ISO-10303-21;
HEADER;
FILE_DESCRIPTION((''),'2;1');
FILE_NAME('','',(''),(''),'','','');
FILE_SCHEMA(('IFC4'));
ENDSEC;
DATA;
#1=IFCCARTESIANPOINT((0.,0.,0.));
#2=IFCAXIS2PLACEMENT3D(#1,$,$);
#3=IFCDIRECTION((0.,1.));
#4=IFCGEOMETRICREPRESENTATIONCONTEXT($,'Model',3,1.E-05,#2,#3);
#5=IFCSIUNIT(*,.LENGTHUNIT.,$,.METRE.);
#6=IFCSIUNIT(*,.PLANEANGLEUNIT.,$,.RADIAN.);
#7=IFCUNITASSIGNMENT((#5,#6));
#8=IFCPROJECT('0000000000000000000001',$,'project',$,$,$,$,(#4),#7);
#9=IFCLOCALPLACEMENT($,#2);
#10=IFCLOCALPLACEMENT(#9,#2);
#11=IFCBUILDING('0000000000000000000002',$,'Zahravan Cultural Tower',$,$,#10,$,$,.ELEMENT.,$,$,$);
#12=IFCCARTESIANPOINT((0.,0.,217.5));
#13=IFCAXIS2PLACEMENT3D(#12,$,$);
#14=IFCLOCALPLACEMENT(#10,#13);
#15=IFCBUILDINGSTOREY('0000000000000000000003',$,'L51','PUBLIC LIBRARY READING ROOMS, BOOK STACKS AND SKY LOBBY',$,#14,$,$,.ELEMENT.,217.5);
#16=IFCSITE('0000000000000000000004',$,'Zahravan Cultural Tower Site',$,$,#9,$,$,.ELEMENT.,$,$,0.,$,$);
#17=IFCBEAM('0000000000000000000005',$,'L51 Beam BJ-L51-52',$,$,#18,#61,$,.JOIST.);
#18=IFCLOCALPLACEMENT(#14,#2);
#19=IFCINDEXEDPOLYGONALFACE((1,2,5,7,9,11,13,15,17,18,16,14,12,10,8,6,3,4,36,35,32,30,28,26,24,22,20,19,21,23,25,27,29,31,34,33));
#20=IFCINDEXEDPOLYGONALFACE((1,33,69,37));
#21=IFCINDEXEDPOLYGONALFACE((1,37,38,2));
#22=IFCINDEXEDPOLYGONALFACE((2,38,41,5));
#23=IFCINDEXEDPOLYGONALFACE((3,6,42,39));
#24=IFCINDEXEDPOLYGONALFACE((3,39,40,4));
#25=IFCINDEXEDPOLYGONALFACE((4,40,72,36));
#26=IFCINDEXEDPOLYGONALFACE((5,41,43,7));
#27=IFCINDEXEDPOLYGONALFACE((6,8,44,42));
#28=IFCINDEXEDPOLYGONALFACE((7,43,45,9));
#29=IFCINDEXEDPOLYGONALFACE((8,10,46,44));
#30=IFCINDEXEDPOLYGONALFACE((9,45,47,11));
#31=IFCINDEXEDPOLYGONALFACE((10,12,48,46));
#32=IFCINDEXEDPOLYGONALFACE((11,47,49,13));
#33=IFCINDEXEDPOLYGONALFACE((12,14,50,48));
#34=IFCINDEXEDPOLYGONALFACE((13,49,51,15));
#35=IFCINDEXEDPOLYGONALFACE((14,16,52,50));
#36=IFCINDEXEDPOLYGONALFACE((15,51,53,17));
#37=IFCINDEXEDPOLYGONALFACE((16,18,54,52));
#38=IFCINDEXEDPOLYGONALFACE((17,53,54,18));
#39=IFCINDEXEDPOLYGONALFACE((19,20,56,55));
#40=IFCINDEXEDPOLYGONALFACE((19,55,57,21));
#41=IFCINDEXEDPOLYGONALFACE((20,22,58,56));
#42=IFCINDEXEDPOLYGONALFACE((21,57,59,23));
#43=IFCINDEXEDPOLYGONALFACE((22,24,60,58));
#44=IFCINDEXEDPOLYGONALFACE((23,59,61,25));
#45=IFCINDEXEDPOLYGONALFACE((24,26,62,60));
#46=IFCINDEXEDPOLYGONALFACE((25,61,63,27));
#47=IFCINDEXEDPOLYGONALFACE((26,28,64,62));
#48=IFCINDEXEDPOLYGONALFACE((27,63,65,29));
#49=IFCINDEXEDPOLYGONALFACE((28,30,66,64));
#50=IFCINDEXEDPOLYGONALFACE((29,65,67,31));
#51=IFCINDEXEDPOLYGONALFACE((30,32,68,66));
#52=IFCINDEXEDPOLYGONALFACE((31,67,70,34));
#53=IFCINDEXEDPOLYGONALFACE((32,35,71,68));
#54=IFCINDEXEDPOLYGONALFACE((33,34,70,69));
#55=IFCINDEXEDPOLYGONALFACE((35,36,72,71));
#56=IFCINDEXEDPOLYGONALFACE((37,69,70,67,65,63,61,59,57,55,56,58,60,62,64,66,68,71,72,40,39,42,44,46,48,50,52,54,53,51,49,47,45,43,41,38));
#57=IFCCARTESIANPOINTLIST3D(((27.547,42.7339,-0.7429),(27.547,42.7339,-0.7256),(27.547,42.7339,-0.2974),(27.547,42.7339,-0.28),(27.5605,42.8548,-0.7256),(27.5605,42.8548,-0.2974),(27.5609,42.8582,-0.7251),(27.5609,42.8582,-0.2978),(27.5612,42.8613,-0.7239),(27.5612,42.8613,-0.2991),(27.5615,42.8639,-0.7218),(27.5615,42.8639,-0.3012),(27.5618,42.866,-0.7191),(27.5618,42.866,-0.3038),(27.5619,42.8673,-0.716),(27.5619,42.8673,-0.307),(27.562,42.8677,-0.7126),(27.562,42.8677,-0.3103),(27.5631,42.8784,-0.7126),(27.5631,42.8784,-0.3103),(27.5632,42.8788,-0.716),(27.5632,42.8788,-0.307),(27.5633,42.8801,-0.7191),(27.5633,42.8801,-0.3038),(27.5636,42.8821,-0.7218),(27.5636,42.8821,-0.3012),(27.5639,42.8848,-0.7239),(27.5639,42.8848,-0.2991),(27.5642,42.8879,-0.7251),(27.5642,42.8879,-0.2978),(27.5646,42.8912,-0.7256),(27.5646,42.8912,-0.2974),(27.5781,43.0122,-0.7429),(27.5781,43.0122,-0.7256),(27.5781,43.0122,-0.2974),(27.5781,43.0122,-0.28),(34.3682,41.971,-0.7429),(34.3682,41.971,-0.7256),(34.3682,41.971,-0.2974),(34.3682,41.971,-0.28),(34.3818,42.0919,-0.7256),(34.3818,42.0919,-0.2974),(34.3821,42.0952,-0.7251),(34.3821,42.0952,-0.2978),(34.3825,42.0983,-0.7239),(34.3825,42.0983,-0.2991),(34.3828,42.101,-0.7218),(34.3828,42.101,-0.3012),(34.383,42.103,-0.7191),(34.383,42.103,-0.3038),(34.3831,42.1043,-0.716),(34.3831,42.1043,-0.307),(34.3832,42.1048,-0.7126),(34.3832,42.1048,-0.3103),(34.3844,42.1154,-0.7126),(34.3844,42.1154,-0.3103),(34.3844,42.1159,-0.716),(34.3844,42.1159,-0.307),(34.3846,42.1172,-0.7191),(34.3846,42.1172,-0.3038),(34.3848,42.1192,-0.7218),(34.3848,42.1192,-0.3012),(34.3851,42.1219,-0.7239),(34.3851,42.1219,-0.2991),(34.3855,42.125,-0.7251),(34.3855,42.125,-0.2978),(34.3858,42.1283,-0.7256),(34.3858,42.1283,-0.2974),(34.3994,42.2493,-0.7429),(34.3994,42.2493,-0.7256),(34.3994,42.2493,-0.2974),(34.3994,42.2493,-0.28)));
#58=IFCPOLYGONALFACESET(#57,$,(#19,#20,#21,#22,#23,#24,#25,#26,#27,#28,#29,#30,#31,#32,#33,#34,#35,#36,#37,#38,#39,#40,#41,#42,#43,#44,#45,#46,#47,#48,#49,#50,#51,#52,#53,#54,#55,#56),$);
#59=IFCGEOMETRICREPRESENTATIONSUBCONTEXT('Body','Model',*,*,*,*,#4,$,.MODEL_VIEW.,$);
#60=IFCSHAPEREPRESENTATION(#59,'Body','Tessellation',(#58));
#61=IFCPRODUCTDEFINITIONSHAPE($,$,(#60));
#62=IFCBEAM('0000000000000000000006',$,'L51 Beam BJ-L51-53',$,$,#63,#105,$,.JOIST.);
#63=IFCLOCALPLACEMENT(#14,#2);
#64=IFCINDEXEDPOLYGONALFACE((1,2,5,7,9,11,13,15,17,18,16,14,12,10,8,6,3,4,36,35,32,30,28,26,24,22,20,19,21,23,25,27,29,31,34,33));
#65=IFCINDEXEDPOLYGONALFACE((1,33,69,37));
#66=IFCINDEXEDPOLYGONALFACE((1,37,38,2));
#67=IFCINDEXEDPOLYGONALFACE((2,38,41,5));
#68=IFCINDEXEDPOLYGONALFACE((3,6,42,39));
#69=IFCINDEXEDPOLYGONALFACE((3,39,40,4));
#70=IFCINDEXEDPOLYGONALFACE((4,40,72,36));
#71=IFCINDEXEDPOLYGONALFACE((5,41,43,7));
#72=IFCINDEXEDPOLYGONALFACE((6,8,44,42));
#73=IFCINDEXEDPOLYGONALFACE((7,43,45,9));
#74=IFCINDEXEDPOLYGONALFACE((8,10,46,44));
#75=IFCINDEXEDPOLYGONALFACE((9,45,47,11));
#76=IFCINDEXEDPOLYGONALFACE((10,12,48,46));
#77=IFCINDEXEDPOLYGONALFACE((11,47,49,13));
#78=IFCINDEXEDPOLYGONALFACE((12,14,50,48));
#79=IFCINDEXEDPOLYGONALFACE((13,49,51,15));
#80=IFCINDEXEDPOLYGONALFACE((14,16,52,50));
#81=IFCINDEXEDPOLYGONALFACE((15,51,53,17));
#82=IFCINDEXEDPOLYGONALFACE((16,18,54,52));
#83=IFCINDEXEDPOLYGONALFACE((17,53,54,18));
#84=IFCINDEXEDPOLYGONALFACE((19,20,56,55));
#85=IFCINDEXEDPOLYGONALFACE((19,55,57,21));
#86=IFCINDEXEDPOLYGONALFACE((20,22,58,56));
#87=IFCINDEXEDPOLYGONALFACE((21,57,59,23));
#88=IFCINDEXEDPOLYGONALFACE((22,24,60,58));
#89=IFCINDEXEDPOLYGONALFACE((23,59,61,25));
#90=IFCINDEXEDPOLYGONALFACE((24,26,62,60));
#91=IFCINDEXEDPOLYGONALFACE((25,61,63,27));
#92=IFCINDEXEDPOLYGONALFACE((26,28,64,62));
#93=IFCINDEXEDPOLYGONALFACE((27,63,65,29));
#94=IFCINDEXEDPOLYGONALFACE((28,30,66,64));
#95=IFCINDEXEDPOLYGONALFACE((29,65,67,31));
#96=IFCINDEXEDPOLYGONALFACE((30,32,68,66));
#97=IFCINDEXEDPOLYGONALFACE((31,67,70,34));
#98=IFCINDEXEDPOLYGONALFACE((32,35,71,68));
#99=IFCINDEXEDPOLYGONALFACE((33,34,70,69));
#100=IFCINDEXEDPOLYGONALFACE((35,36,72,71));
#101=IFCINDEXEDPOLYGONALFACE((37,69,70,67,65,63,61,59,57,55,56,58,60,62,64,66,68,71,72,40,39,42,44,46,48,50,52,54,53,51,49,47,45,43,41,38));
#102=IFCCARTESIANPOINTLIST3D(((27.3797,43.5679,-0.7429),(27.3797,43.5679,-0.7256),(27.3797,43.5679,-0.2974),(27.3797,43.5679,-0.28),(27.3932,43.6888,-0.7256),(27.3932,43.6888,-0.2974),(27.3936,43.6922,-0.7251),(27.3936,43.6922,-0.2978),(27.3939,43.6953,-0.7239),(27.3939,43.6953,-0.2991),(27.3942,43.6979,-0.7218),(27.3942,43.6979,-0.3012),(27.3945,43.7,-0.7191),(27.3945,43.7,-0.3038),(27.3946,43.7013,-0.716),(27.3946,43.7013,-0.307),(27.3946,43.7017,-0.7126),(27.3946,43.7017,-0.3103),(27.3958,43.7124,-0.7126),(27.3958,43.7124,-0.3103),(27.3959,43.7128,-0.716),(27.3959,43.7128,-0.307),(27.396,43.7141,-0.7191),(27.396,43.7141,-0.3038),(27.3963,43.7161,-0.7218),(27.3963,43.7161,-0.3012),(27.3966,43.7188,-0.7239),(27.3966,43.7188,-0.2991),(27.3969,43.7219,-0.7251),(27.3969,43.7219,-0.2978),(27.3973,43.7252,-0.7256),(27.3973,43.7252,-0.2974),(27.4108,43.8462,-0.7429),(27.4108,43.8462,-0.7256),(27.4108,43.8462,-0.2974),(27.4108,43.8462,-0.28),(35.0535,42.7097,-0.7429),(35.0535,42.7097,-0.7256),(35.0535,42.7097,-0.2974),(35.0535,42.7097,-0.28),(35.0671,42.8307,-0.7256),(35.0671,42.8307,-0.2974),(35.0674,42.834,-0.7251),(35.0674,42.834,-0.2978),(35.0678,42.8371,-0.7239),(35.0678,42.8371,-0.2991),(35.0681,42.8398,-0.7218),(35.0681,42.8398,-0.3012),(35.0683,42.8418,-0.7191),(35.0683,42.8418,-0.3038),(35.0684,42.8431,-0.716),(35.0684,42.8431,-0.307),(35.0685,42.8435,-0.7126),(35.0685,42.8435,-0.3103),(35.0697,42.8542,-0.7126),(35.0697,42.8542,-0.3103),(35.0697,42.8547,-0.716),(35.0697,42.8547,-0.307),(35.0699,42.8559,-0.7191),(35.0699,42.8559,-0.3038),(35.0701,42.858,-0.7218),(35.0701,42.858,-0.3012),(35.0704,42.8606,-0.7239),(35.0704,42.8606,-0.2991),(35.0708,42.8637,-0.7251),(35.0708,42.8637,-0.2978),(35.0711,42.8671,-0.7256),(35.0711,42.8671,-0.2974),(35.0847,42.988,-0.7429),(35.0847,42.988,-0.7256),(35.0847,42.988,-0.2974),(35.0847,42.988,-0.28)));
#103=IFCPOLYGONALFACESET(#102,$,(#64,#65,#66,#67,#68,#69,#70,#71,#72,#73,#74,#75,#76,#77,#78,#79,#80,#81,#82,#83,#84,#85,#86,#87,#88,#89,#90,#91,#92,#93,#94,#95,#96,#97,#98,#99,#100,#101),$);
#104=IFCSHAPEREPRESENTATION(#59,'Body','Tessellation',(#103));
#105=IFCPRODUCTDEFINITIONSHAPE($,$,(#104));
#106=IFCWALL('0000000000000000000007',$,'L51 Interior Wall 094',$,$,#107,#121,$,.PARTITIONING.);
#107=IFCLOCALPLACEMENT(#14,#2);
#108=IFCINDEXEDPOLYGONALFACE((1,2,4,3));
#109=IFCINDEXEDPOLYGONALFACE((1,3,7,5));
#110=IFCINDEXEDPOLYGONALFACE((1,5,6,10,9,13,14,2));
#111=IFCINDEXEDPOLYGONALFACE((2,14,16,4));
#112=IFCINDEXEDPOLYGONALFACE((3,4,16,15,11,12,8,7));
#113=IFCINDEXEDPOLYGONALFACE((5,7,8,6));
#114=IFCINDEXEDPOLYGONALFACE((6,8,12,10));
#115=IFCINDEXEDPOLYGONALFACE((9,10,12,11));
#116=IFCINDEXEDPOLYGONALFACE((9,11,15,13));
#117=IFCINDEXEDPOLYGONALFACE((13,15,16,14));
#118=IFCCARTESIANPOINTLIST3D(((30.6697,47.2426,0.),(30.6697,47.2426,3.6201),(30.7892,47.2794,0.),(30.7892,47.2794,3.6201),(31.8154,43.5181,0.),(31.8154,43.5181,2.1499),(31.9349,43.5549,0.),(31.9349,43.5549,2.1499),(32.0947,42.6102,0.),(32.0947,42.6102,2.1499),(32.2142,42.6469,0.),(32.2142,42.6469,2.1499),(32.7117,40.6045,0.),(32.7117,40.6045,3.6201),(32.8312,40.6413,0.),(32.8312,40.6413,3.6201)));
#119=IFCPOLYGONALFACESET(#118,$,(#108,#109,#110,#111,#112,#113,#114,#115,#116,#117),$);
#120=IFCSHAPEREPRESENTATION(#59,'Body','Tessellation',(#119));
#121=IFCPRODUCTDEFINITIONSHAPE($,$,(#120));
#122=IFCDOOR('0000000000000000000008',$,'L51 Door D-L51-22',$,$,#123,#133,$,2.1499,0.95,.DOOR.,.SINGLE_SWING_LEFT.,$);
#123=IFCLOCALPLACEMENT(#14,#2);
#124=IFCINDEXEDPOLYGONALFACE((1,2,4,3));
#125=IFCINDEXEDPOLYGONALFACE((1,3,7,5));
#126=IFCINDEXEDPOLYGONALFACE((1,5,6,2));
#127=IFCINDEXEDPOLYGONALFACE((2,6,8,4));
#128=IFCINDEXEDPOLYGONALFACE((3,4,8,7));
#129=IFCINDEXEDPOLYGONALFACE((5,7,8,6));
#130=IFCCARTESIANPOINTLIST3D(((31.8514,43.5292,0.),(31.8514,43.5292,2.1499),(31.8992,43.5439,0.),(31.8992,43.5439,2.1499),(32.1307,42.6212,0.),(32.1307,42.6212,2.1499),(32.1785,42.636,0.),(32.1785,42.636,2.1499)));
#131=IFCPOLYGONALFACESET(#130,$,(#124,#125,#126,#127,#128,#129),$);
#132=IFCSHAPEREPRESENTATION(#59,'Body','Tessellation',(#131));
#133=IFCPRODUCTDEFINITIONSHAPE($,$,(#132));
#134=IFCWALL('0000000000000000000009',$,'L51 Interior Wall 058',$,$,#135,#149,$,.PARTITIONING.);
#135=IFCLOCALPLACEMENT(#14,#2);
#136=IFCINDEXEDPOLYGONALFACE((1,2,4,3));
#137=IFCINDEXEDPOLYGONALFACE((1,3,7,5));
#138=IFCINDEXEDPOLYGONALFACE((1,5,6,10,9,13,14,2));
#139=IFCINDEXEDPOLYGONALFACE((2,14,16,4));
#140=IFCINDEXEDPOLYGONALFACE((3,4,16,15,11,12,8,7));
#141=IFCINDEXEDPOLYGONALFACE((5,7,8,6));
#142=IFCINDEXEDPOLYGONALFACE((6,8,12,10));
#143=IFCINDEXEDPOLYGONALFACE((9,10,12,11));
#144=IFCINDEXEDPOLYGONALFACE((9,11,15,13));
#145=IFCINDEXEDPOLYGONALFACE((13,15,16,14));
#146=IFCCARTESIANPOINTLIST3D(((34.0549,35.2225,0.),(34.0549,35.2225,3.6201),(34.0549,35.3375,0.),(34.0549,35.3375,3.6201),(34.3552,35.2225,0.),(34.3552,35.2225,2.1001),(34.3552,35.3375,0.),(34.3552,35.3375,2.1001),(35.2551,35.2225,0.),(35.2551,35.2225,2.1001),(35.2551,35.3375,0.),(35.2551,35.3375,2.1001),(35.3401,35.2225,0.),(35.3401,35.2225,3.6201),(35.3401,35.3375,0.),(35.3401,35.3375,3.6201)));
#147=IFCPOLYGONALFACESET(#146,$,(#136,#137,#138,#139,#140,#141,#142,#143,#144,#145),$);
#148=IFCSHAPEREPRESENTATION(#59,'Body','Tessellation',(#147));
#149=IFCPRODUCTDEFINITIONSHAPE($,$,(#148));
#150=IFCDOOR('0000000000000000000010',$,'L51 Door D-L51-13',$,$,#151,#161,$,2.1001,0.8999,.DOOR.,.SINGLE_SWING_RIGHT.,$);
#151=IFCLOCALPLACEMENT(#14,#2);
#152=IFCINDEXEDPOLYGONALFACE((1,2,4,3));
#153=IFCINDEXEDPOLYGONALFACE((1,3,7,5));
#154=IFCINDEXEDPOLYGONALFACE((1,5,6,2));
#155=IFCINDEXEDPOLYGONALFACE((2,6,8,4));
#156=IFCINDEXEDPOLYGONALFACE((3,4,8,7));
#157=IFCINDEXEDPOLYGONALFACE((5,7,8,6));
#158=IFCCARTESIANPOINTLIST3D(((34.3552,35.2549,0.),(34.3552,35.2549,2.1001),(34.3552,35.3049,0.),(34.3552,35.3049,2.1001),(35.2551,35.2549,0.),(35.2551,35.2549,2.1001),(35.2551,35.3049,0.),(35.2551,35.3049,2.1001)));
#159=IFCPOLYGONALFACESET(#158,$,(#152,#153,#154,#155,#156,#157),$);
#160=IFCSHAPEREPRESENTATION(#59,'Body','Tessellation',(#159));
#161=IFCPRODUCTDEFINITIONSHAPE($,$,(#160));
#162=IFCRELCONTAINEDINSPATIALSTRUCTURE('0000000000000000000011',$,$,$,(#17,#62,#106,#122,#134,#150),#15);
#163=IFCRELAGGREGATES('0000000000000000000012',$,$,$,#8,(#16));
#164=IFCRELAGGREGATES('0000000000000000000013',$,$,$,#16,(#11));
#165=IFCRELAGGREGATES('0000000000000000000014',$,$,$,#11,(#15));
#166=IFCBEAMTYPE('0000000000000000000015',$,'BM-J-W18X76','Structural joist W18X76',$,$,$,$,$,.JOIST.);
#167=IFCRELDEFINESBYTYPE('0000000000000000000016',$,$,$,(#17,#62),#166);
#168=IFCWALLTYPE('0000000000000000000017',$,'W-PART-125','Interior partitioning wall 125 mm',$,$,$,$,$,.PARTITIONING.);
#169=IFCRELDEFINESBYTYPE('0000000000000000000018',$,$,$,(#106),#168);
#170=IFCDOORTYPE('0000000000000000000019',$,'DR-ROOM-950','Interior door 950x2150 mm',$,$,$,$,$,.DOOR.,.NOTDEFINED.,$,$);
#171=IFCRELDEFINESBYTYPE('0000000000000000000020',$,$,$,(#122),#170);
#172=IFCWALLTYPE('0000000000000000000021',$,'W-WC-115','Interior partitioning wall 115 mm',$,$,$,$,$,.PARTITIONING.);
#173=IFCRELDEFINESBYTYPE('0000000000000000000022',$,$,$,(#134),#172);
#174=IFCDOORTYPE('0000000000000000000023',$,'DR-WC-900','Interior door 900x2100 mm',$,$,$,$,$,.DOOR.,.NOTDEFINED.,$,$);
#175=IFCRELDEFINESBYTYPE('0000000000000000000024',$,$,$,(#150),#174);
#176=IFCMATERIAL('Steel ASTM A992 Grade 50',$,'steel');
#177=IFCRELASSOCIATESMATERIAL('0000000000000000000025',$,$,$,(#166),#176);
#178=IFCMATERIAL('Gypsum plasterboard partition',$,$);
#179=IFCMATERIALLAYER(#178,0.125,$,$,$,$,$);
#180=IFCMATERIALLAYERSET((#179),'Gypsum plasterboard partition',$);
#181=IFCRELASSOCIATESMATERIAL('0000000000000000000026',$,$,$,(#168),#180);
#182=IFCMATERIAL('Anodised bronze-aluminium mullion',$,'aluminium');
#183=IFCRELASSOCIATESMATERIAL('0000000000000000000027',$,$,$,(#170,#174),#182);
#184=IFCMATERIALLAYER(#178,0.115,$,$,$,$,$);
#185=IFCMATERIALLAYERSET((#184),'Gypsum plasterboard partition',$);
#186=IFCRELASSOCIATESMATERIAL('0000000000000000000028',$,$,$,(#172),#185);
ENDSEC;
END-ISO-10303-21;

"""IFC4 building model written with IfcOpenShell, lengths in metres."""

from ifc_helpers import new_model, si_unit, direction, frame, frame_2d, origin, origin_2d, place, context, subcontext, project, spatial, rectangle, i_section, extrude, source, transform, mapped, material, layer, layer_set, material_profile, profile_set, type_object, element, fill, save


model = new_model("IFC4")

# Units and contexts
model_context = context("Model", 3, precision=1e-05, world=origin(), true_north=direction((0.0, 1.0)))
body_context = subcontext(model_context, "Body", "Model", "MODEL_VIEW")
ifc_project = project(units=[si_unit("LENGTHUNIT", "METRE"), si_unit("PLANEANGLEUNIT", "RADIAN")], contexts=[model_context])

# Site, building, storey
site_placement = place(None, origin())
site = spatial("IfcSite", under=ifc_project, at=site_placement, Name="Zahravan Cultural Tower Site", CompositionType="ELEMENT", RefElevation=0.0)
building_placement = place(site_placement, origin())
building = spatial("IfcBuilding", under=site, at=building_placement, Name="Zahravan Cultural Tower", CompositionType="ELEMENT")
storey_placement = place(building_placement, frame((0.0, 0.0, 217.5)))
storey = spatial("IfcBuildingStorey", under=building, at=storey_placement, Name="L51", Description="PUBLIC LIBRARY READING ROOMS, BOOK STACKS AND SKY LOBBY", CompositionType="ELEMENT", Elevation=217.5)

# Shared definitions
ifc_material_1 = material(Name="Steel ASTM A992 Grade 50", Category="steel")

# Beams
ifc_material_profile_1 = material_profile(ifc_material_1, i_section(OverallWidth=0.28, OverallDepth=0.4629, WebThickness=0.0107, FlangeThickness=0.0173, FilletRadius=0.0129, at=origin_2d()), Name="W18X76")
ifc_profile_set_1 = profile_set([ifc_material_profile_1], Name="Steel ASTM A992 Grade 50")
beam_type_1 = type_object("IfcBeamType", Name="BM-J-W18X76", Description="Structural joist W18X76", PredefinedType="JOIST", material=ifc_profile_set_1)
shared_shape_1 = source(origin(), body_context, "Body", "SweptSolid", [
    extrude(i_section(OverallWidth=0.28, OverallDepth=0.4629, WebThickness=0.0107, FlangeThickness=0.0173, FilletRadius=0.0129, at=origin_2d()), origin(), (0.0, 0.0, 1.0), 6.8638),
])
beam_1_placement = place(storey_placement, frame((34.3838, 42.1101, -0.5115), z_axis=(-0.993803, 0.111154, 0.0), x_axis=(-0.111154, -0.993803, 0.0)))
element("IfcBeam", 1, at=beam_1_placement, inside=storey, type_object=beam_type_1, Name="L51 Beam BJ-L51-52", PredefinedType="JOIST", context=body_context, shape_type="MappedRepresentation", body=[
    mapped(shared_shape_1, transform((0.0, 0.0, 0.0), x_axis=(1.0, 0.0, 0.0), y_axis=(0.0, 1.0, 0.0), z_axis=(0.0, 0.0, 1.0), scale=1.0)),
])
shared_shape_2 = source(origin(), body_context, "Body", "SweptSolid", [
    extrude(i_section(OverallWidth=0.28, OverallDepth=0.4629, WebThickness=0.0107, FlangeThickness=0.0173, FilletRadius=0.0129, at=origin_2d()), origin(), (0.0, 0.0, 1.0), 7.7217),
])
beam_2_placement = place(storey_placement, frame((35.0691, 42.8489, -0.5115), z_axis=(-0.993805, 0.111136, 0.0), x_axis=(-0.111136, -0.993805, 0.0)))
element("IfcBeam", 2, at=beam_2_placement, inside=storey, type_object=beam_type_1, Name="L51 Beam BJ-L51-53", PredefinedType="JOIST", context=body_context, shape_type="MappedRepresentation", body=[
    mapped(shared_shape_2, transform((0.0, 0.0, 0.0), x_axis=(1.0, 0.0, 0.0), y_axis=(0.0, 1.0, 0.0), z_axis=(0.0, 0.0, 1.0), scale=1.0)),
])

# Walls, openings, doors
ifc_material_2 = material(Name="Gypsum plasterboard partition")
ifc_layer_1 = layer(ifc_material_2, 0.125)
ifc_layer_set_1 = layer_set([ifc_layer_1], Name="Gypsum plasterboard partition")
wall_type_1 = type_object("IfcWallType", Name="W-PART-125", Description="Interior partitioning wall 125 mm", PredefinedType="PARTITIONING", material=ifc_layer_set_1)
wall_1_placement = place(storey_placement, frame((32.7715, 40.6228, 0.0), z_axis=(0.0, 0.0, 1.0), x_axis=(-0.294017, 0.9558, 0.0)))
wall_1 = element("IfcWall", 3, at=wall_1_placement, inside=storey, type_object=wall_type_1, Name="L51 Interior Wall 094", PredefinedType="PARTITIONING", context=body_context, shape_type="SweptSolid", body=[
    extrude(rectangle(XDim=6.9451, YDim=0.125, at=frame_2d((3.4727, 0.0))), origin(), (0.0, 0.0, 1.0), 3.6201),
])
opening_1_placement = place(wall_1_placement, frame((2.0984, 0.0, 0.0)))
opening_1 = element("IfcOpeningElement", 4, at=opening_1_placement, cuts=wall_1, PredefinedType="OPENING", context=body_context, shape_type="SweptSolid", body=[
    extrude(rectangle(XDim=0.95, YDim=2.1499, at=frame_2d((0.4751, 1.075))), frame((0.0, 0.0725, 0.0), z_axis=(0.0, -1.0, 0.0), x_axis=(1.0, 0.0, 0.0)), (0.0, 0.0, 1.0), 0.145),
])
ifc_material_3 = material(Name="Anodised bronze-aluminium mullion", Category="aluminium")
door_type_1 = type_object("IfcDoorType", Name="DR-ROOM-950", Description="Interior door 950x2150 mm", OperationType="NOTDEFINED", PredefinedType="DOOR", material=ifc_material_3)
shared_shape_3 = source(origin(), body_context, "Body", "SweptSolid", [
    extrude(rectangle(XDim=0.95, YDim=2.1499, at=frame_2d((0.4751, 1.075))), frame((0.0, 0.0249, 0.0), z_axis=(0.0, -1.0, 0.0), x_axis=(1.0, 0.0, 0.0)), (0.0, 0.0, 1.0), 0.05),
])
door_1_placement = place(opening_1_placement, origin())
door_1 = element("IfcDoor", 5, at=door_1_placement, inside=storey, type_object=door_type_1, Name="L51 Door D-L51-22", OperationType="SINGLE_SWING_LEFT", OverallHeight=2.1499, OverallWidth=0.95, PredefinedType="DOOR", context=body_context, shape_type="MappedRepresentation", body=[
    mapped(shared_shape_3, transform((0.0, 0.0, 0.0), x_axis=(1.0, 0.0, 0.0), y_axis=(0.0, 1.0, 0.0), z_axis=(0.0, 0.0, 1.0), scale=1.0)),
])
fill(opening_1, door_1)
ifc_layer_2 = layer(ifc_material_2, 0.115)
ifc_layer_set_2 = layer_set([ifc_layer_2], Name="Gypsum plasterboard partition")
wall_type_2 = type_object("IfcWallType", Name="W-WC-115", Description="Interior partitioning wall 115 mm", PredefinedType="PARTITIONING", material=ifc_layer_set_2)
wall_2_placement = place(storey_placement, frame((34.0549, 35.28, 0.0), z_axis=(0.0, 0.0, 1.0), x_axis=(1.0, 0.0, 0.0)))
wall_2 = element("IfcWall", 6, at=wall_2_placement, inside=storey, type_object=wall_type_2, Name="L51 Interior Wall 058", PredefinedType="PARTITIONING", context=body_context, shape_type="SweptSolid", body=[
    extrude(rectangle(XDim=1.2852, YDim=0.115, at=frame_2d((0.6426, 0.0))), origin(), (0.0, 0.0, 1.0), 3.6201),
])
opening_2_placement = place(wall_2_placement, frame((0.3003, 0.0, 0.0)))
opening_2 = element("IfcOpeningElement", 7, at=opening_2_placement, cuts=wall_2, PredefinedType="OPENING", context=body_context, shape_type="SweptSolid", body=[
    extrude(rectangle(XDim=0.8999, YDim=2.1001, at=frame_2d((0.45, 1.05))), frame((0.0, 0.0674, 0.0), z_axis=(0.0, -1.0, 0.0), x_axis=(1.0, 0.0, 0.0)), (0.0, 0.0, 1.0), 0.135),
])
door_type_2 = type_object("IfcDoorType", Name="DR-WC-900", Description="Interior door 900x2100 mm", OperationType="NOTDEFINED", PredefinedType="DOOR", material=ifc_material_3)
shared_shape_4 = source(origin(), body_context, "Body", "SweptSolid", [
    extrude(rectangle(XDim=0.8999, YDim=2.1001, at=frame_2d((0.45, 1.05))), frame((0.0, 0.0249, 0.0), z_axis=(0.0, -1.0, 0.0), x_axis=(1.0, 0.0, 0.0)), (0.0, 0.0, 1.0), 0.05),
])
door_2_placement = place(opening_2_placement, origin())
door_2 = element("IfcDoor", 8, at=door_2_placement, inside=storey, type_object=door_type_2, Name="L51 Door D-L51-13", OperationType="SINGLE_SWING_RIGHT", OverallHeight=2.1001, OverallWidth=0.8999, PredefinedType="DOOR", context=body_context, shape_type="MappedRepresentation", body=[
    mapped(shared_shape_4, transform((0.0, 0.0, 0.0), x_axis=(1.0, 0.0, 0.0), y_axis=(0.0, 1.0, 0.0), z_axis=(0.0, 0.0, 1.0), scale=1.0)),
])
fill(opening_2, door_2)

save(model, "model.ifc")
